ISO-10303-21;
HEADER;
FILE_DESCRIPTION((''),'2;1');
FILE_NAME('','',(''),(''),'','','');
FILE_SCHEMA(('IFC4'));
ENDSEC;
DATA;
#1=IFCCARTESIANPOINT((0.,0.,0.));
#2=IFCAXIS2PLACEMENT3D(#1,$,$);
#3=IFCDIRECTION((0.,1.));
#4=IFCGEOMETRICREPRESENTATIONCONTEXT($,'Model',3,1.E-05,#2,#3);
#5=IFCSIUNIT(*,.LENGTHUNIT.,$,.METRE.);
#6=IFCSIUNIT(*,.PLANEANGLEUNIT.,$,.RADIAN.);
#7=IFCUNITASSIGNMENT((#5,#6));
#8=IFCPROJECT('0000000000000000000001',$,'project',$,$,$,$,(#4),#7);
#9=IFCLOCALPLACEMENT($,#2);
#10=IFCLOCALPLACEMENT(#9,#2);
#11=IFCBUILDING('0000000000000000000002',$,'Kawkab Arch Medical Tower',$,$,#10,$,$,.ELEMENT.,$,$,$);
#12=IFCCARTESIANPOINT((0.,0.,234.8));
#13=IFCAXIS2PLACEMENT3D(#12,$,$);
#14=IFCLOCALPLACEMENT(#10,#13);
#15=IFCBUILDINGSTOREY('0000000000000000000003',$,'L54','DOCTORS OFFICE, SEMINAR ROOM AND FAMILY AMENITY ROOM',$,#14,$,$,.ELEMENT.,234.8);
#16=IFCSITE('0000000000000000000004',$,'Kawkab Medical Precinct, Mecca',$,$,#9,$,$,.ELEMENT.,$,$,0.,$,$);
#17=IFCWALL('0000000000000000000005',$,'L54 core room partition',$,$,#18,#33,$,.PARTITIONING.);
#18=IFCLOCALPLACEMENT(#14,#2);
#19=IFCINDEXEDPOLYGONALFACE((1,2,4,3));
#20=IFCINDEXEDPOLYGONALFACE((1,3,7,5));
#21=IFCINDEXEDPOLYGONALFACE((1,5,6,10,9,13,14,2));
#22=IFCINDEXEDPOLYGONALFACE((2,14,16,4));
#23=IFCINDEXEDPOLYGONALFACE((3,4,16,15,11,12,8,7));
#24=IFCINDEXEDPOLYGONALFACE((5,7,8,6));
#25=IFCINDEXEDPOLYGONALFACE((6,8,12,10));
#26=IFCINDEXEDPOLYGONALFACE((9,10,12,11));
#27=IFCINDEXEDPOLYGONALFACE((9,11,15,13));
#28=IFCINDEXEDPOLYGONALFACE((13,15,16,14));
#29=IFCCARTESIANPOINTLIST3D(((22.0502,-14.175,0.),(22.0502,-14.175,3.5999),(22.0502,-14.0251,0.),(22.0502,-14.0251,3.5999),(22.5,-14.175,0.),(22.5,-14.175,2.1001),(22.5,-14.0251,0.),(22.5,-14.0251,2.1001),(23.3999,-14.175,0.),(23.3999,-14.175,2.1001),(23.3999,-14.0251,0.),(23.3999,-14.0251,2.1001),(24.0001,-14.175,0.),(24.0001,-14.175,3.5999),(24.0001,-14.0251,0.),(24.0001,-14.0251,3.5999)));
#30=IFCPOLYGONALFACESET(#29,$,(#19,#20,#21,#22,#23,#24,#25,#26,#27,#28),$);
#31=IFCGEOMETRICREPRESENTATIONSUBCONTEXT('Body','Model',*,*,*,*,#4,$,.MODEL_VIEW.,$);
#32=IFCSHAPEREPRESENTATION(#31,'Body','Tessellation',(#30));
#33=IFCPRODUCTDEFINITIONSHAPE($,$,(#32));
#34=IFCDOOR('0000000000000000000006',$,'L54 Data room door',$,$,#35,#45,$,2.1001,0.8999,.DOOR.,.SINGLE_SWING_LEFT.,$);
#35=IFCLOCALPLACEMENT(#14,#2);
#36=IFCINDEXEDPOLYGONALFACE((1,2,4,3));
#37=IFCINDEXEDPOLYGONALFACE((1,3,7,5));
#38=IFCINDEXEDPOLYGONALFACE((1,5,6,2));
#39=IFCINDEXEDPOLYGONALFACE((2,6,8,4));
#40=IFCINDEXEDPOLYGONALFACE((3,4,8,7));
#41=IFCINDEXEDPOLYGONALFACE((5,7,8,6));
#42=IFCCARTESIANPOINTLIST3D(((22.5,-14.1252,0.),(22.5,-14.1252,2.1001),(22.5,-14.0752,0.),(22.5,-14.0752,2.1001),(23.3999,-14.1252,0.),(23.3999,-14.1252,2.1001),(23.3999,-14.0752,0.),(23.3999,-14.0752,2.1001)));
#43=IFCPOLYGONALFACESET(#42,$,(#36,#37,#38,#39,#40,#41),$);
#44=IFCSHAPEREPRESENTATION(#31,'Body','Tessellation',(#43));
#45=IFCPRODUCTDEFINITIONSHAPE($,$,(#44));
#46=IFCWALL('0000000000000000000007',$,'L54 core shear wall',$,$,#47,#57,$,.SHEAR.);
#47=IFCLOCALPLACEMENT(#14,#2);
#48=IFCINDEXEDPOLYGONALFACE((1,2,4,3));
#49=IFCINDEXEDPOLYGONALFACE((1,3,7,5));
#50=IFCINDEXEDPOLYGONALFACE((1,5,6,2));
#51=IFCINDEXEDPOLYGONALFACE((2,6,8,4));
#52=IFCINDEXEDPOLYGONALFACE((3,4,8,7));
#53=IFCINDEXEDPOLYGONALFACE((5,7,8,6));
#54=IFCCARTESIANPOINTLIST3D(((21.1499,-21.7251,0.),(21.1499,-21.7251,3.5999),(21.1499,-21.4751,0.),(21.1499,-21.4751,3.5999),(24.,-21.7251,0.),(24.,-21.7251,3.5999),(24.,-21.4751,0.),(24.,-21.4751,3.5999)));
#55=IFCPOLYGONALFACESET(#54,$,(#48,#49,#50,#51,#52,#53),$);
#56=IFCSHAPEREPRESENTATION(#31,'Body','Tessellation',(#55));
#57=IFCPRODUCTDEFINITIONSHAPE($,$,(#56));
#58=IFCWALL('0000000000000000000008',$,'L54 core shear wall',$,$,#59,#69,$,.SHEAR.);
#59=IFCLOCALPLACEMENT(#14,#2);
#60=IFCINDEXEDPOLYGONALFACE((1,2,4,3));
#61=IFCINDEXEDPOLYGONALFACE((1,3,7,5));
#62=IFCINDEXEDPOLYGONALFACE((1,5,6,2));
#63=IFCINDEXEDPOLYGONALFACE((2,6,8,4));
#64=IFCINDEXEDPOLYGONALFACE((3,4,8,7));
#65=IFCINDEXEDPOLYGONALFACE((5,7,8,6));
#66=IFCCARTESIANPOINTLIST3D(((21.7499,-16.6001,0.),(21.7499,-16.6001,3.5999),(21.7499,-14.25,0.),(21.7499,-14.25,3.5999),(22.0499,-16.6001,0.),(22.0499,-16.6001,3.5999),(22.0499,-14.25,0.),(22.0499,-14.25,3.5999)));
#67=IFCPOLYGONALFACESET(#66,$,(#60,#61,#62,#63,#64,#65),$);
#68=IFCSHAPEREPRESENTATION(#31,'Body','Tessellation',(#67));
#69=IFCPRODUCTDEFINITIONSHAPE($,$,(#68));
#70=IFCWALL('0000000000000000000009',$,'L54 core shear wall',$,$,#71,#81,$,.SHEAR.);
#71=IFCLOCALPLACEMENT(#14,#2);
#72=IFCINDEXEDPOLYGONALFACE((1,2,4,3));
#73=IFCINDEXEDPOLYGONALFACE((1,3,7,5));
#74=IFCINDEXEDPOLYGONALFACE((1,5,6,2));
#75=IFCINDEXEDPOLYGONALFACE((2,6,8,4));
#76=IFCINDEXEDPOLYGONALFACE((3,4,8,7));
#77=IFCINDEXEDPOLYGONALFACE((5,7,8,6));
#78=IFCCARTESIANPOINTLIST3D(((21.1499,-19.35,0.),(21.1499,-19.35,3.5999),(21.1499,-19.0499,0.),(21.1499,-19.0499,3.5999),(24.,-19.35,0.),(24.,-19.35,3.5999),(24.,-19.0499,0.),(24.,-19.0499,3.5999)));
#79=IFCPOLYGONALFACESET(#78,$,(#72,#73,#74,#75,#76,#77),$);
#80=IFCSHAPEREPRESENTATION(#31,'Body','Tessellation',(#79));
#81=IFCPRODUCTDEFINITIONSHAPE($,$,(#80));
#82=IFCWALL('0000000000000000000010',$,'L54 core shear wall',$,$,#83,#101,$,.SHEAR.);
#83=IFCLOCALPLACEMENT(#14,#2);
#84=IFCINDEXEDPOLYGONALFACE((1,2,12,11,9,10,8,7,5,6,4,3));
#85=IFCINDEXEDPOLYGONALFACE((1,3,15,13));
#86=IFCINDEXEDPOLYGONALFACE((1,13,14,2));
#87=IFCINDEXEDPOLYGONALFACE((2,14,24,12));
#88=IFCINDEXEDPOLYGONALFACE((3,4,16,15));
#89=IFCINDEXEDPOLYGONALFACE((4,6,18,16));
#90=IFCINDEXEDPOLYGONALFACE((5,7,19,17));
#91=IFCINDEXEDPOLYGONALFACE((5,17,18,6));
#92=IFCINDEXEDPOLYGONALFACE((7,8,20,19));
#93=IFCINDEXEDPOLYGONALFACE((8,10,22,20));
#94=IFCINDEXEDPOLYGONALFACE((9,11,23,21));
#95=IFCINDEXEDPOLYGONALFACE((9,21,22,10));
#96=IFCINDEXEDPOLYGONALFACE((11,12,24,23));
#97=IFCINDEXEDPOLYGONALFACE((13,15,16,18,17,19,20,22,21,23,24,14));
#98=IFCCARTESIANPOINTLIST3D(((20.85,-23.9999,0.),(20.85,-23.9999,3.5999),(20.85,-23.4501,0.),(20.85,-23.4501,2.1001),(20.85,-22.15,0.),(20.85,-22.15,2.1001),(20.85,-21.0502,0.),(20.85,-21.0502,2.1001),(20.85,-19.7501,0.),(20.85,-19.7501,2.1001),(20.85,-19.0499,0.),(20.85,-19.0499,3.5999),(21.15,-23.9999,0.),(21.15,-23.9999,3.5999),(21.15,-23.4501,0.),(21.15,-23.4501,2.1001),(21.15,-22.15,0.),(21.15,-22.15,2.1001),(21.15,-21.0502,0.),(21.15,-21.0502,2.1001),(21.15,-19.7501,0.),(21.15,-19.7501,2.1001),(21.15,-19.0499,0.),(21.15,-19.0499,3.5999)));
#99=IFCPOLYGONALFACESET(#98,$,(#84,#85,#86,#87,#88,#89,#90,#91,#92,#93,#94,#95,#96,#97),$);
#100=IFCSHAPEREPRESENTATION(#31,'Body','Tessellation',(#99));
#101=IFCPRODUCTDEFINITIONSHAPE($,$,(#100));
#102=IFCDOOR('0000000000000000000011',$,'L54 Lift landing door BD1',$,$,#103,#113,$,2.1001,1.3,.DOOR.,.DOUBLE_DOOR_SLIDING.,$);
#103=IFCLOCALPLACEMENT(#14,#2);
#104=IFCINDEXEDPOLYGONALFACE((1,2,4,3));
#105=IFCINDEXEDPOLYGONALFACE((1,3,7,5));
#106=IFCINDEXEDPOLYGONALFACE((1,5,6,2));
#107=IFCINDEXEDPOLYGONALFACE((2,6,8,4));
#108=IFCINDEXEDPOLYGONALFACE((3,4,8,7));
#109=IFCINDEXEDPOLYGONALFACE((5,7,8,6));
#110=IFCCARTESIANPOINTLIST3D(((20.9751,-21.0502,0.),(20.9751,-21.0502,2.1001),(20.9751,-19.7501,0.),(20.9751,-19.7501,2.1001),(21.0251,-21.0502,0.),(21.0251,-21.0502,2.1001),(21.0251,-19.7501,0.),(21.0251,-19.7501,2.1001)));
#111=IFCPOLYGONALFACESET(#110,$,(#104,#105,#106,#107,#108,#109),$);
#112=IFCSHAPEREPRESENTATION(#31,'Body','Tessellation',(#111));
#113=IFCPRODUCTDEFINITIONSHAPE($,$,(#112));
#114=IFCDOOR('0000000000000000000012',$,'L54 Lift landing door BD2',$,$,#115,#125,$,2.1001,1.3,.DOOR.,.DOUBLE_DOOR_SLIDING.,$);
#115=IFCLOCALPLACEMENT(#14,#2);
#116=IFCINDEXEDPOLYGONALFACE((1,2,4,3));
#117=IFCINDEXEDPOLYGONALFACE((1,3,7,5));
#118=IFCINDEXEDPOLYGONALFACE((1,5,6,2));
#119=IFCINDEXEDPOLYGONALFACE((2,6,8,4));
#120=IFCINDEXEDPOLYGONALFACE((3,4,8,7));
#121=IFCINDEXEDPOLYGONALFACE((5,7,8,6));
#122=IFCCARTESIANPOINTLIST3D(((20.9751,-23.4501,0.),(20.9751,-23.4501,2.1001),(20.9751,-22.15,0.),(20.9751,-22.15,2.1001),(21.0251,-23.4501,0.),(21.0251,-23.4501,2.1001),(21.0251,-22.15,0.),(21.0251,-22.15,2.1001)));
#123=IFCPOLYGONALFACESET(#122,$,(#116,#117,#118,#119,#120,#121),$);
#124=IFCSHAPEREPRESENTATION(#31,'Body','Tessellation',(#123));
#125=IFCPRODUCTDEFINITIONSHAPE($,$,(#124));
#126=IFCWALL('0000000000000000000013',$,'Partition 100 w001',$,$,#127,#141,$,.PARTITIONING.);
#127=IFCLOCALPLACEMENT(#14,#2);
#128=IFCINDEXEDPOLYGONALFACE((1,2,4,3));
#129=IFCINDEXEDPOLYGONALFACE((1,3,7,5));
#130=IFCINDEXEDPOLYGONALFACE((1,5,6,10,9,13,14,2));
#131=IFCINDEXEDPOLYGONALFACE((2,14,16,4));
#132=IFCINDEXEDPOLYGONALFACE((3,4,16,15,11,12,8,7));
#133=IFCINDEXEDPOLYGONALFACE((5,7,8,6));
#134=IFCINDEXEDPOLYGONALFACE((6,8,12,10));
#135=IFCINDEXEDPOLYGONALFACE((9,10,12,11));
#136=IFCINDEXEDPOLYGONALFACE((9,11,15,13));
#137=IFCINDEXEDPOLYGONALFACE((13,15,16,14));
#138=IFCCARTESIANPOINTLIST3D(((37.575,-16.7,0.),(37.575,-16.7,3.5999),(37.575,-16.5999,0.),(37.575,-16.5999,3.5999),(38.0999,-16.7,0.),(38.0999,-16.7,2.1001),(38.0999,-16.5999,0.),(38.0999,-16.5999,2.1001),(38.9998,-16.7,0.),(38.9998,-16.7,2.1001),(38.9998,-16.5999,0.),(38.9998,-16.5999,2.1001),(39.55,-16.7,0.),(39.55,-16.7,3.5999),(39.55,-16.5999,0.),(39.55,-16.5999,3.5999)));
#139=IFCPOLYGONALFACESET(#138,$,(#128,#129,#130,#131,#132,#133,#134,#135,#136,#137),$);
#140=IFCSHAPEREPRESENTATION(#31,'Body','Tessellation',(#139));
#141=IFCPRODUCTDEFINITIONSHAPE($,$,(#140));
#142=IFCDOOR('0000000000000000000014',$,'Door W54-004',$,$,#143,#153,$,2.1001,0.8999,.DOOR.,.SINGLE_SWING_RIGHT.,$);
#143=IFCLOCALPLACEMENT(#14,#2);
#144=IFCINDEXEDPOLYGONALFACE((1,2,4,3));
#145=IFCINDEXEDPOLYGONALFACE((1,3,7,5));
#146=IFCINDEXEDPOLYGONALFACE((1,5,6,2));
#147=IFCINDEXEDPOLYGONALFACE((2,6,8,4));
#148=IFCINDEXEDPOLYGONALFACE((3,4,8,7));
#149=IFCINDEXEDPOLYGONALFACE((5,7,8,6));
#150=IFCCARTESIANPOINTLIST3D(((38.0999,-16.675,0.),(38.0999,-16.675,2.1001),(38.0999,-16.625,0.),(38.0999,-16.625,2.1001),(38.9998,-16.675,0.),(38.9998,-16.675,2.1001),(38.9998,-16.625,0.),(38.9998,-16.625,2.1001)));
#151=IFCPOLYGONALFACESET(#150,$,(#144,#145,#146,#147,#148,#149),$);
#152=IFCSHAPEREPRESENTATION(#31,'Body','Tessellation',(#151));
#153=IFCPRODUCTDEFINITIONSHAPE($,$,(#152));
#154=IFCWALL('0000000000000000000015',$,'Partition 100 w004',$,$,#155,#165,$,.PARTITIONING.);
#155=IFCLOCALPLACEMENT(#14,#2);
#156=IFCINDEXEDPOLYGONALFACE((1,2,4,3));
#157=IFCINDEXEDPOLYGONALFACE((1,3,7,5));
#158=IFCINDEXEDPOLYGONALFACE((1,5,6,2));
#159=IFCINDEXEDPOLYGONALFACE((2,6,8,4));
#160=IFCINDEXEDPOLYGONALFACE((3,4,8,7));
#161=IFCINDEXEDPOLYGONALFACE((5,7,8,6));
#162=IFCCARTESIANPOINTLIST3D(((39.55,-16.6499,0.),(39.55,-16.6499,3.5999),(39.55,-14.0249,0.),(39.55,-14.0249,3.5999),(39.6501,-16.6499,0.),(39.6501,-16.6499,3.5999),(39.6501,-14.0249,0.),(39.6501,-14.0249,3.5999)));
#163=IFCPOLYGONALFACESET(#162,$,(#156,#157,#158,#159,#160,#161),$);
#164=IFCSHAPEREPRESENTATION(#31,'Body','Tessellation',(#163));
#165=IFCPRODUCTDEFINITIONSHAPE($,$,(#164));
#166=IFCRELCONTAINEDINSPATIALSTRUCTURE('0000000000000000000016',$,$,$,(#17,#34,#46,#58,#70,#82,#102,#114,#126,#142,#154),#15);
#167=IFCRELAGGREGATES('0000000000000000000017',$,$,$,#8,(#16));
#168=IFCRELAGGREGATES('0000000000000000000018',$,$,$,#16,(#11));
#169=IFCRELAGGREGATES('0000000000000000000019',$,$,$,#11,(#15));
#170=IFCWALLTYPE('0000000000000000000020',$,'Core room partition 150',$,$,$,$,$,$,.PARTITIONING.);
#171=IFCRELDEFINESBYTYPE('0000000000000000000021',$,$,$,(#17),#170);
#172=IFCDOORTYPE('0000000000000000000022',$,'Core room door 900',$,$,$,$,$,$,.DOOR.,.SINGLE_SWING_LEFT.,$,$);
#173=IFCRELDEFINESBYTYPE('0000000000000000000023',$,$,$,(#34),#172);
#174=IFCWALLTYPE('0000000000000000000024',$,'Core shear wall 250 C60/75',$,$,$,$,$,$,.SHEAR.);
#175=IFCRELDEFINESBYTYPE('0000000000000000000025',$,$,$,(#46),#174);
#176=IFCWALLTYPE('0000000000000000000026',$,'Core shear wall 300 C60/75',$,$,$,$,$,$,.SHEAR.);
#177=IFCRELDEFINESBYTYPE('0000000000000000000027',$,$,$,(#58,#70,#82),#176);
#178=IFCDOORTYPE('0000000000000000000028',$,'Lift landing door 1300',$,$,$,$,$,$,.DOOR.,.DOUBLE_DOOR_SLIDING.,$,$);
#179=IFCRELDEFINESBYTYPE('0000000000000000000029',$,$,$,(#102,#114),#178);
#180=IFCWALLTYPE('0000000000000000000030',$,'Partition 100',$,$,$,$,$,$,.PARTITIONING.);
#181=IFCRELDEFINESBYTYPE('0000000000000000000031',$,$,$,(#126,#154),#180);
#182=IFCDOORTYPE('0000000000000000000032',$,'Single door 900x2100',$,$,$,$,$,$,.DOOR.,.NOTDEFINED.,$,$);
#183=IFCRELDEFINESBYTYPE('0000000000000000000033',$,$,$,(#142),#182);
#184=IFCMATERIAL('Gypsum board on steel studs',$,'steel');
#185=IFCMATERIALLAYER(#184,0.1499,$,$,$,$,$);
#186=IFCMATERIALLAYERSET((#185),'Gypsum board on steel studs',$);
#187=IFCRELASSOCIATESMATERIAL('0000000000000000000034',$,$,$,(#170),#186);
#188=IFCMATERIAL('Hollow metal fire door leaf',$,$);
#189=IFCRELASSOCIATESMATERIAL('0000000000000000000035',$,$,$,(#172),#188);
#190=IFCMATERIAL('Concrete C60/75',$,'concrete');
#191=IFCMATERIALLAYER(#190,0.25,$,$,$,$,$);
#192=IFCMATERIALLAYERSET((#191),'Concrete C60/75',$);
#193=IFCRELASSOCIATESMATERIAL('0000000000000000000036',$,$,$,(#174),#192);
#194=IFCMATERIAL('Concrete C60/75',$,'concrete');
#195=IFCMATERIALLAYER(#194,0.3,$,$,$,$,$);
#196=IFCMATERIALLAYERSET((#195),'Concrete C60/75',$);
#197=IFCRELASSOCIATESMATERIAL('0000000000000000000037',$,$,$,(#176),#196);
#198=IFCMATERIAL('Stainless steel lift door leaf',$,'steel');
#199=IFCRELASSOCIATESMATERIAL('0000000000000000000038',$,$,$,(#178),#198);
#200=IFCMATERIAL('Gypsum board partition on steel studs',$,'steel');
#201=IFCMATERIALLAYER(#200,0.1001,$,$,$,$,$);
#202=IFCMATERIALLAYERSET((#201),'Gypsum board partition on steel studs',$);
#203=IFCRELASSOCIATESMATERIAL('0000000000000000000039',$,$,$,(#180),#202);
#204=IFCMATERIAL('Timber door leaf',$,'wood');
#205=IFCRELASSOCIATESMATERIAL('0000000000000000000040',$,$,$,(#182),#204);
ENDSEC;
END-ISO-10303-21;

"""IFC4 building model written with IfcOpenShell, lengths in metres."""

from ifc_helpers import new_model, si_unit, direction, frame, frame_2d, origin, place, context, subcontext, project, spatial, rectangle, extrude, material, layer, layer_set, type_object, element, fill, save


model = new_model("IFC4")

# Units and contexts
model_context = context("Model", 3, precision=1e-05, world=origin(), true_north=direction((0.0, 1.0)))
body_context = subcontext(model_context, "Body", "Model", "MODEL_VIEW")
ifc_project = project(units=[si_unit("LENGTHUNIT", "METRE"), si_unit("PLANEANGLEUNIT", "RADIAN")], contexts=[model_context])

# Site, building, storey
site_placement = place(None, origin())
site = spatial("IfcSite", under=ifc_project, at=site_placement, Name="Kawkab Medical Precinct, Mecca", CompositionType="ELEMENT", RefElevation=0.0)
building_placement = place(site_placement, origin())
building = spatial("IfcBuilding", under=site, at=building_placement, Name="Kawkab Arch Medical Tower", CompositionType="ELEMENT")
storey_placement = place(building_placement, frame((0.0, 0.0, 234.8)))
storey = spatial("IfcBuildingStorey", under=building, at=storey_placement, Name="L54", Description="DOCTORS OFFICE, SEMINAR ROOM AND FAMILY AMENITY ROOM", CompositionType="ELEMENT", Elevation=234.8)

# Shared definitions
ifc_material_1 = material(Name="Gypsum board on steel studs", Category="steel")
ifc_layer_1 = layer(ifc_material_1, 0.1499)
ifc_layer_set_1 = layer_set([ifc_layer_1], Name="Gypsum board on steel studs")
wall_type_1 = type_object("IfcWallType", Name="Core room partition 150", PredefinedType="PARTITIONING", material=ifc_layer_set_1)

# Wall, opening, door
wall_1_placement = place(storey_placement, frame((22.05, -14.1001, 0.0), z_axis=(0.0, 0.0, 1.0), x_axis=(1.0, 0.0, 0.0)))
wall_1 = element("IfcWall", 1, at=wall_1_placement, inside=storey, type_object=wall_type_1, Name="L54 core room partition", PredefinedType="PARTITIONING", context=body_context, shape_type="SweptSolid", body=[
    extrude(rectangle(XDim=1.95, YDim=0.1499, at=frame_2d((0.9751, 0.0))), origin(), (0.0, 0.0, 1.0), 3.5999),
])
opening_1_placement = place(wall_1_placement, frame((0.45, 0.0, 0.0)))
opening_1 = element("IfcOpeningElement", 2, at=opening_1_placement, cuts=wall_1, PredefinedType="OPENING", context=body_context, shape_type="SweptSolid", body=[
    extrude(rectangle(XDim=0.8999, YDim=2.1001, at=frame_2d((0.45, 1.05))), frame((0.0, 0.085, 0.0), z_axis=(0.0, -1.0, 0.0), x_axis=(1.0, 0.0, 0.0)), (0.0, 0.0, 1.0), 0.1699),
])
ifc_material_2 = material(Name="Hollow metal fire door leaf")
door_type_1 = type_object("IfcDoorType", Name="Core room door 900", OperationType="SINGLE_SWING_LEFT", PredefinedType="DOOR", material=ifc_material_2)
door_1_placement = place(opening_1_placement, origin())
door_1 = element("IfcDoor", 3, at=door_1_placement, inside=storey, type_object=door_type_1, Name="L54 Data room door", OperationType="SINGLE_SWING_LEFT", OverallHeight=2.1001, OverallWidth=0.8999, PredefinedType="DOOR", context=body_context, shape_type="SweptSolid", body=[
    extrude(rectangle(XDim=0.8999, YDim=2.1001, at=frame_2d((0.45, 1.05))), frame((0.0, 0.0249, 0.0), z_axis=(0.0, -1.0, 0.0), x_axis=(1.0, 0.0, 0.0)), (0.0, 0.0, 1.0), 0.05),
])
fill(opening_1, door_1)

# Walls
ifc_material_3 = material(Name="Concrete C60/75", Category="concrete")
ifc_layer_2 = layer(ifc_material_3, 0.25)
ifc_layer_set_2 = layer_set([ifc_layer_2], Name="Concrete C60/75")
wall_type_2 = type_object("IfcWallType", Name="Core shear wall 250 C60/75", PredefinedType="SHEAR", material=ifc_layer_set_2)
wall_2_placement = place(storey_placement, frame((21.1499, -21.6001, 0.0), z_axis=(0.0, 0.0, 1.0), x_axis=(1.0, 0.0, 0.0)))
element("IfcWall", 4, at=wall_2_placement, inside=storey, type_object=wall_type_2, Name="L54 core shear wall", PredefinedType="SHEAR", context=body_context, shape_type="SweptSolid", body=[
    extrude(rectangle(XDim=2.8501, YDim=0.25, at=frame_2d((1.425, 0.0))), origin(), (0.0, 0.0, 1.0), 3.5999),
])
ifc_material_4 = material(Name="Concrete C60/75", Category="concrete")
ifc_layer_3 = layer(ifc_material_4, 0.3)
ifc_layer_set_3 = layer_set([ifc_layer_3], Name="Concrete C60/75")
wall_type_3 = type_object("IfcWallType", Name="Core shear wall 300 C60/75", PredefinedType="SHEAR", material=ifc_layer_set_3)
wall_3_placement = place(storey_placement, frame((21.8999, -16.6001, 0.0), z_axis=(0.0, 0.0, 1.0), x_axis=(0.0, 1.0, 0.0)))
element("IfcWall", 5, at=wall_3_placement, inside=storey, type_object=wall_type_3, Name="L54 core shear wall", PredefinedType="SHEAR", context=body_context, shape_type="SweptSolid", body=[
    extrude(rectangle(XDim=2.3501, YDim=0.3, at=frame_2d((1.175, 0.0))), origin(), (0.0, 0.0, 1.0), 3.5999),
])
wall_4_placement = place(storey_placement, frame((21.1499, -19.2, 0.0), z_axis=(0.0, 0.0, 1.0), x_axis=(1.0, 0.0, 0.0)))
element("IfcWall", 6, at=wall_4_placement, inside=storey, type_object=wall_type_3, Name="L54 core shear wall", PredefinedType="SHEAR", context=body_context, shape_type="SweptSolid", body=[
    extrude(rectangle(XDim=2.8501, YDim=0.3, at=frame_2d((1.425, 0.0))), origin(), (0.0, 0.0, 1.0), 3.5999),
])

# Wall, openings, doors
wall_5_placement = place(storey_placement, frame((21.0, -24.0, 0.0), z_axis=(0.0, 0.0, 1.0), x_axis=(0.0, 1.0, 0.0)))
wall_5 = element("IfcWall", 7, at=wall_5_placement, inside=storey, type_object=wall_type_3, Name="L54 core shear wall", PredefinedType="SHEAR", context=body_context, shape_type="SweptSolid", body=[
    extrude(rectangle(XDim=4.95, YDim=0.3, at=frame_2d((2.4751, 0.0))), origin(), (0.0, 0.0, 1.0), 3.5999),
])
opening_2_placement = place(wall_5_placement, frame((2.95, 0.0, 0.0)))
opening_2 = element("IfcOpeningElement", 8, at=opening_2_placement, cuts=wall_5, PredefinedType="OPENING", context=body_context, shape_type="SweptSolid", body=[
    extrude(rectangle(XDim=1.3, YDim=2.1001, at=frame_2d((0.6499, 1.05))), frame((0.0, 0.1599, 0.0), z_axis=(0.0, -1.0, 0.0), x_axis=(1.0, 0.0, 0.0)), (0.0, 0.0, 1.0), 0.3201),
])
opening_3_placement = place(wall_5_placement, frame((0.55, 0.0, 0.0)))
opening_3 = element("IfcOpeningElement", 9, at=opening_3_placement, cuts=wall_5, PredefinedType="OPENING", context=body_context, shape_type="SweptSolid", body=[
    extrude(rectangle(XDim=1.3, YDim=2.1001, at=frame_2d((0.6499, 1.05))), frame((0.0, 0.1599, 0.0), z_axis=(0.0, -1.0, 0.0), x_axis=(1.0, 0.0, 0.0)), (0.0, 0.0, 1.0), 0.3201),
])
ifc_material_5 = material(Name="Stainless steel lift door leaf", Category="steel")
door_type_2 = type_object("IfcDoorType", Name="Lift landing door 1300", OperationType="DOUBLE_DOOR_SLIDING", PredefinedType="DOOR", material=ifc_material_5)
door_2_placement = place(opening_2_placement, origin())
door_2 = element("IfcDoor", 10, at=door_2_placement, inside=storey, type_object=door_type_2, Name="L54 Lift landing door BD1", OperationType="DOUBLE_DOOR_SLIDING", OverallHeight=2.1001, OverallWidth=1.3, PredefinedType="DOOR", context=body_context, shape_type="SweptSolid", body=[
    extrude(rectangle(XDim=1.3, YDim=2.1001, at=frame_2d((0.6499, 1.05))), frame((0.0, 0.0249, 0.0), z_axis=(0.0, -1.0, 0.0), x_axis=(1.0, 0.0, 0.0)), (0.0, 0.0, 1.0), 0.05),
])
fill(opening_2, door_2)
door_3_placement = place(opening_3_placement, origin())
door_3 = element("IfcDoor", 11, at=door_3_placement, inside=storey, type_object=door_type_2, Name="L54 Lift landing door BD2", OperationType="DOUBLE_DOOR_SLIDING", OverallHeight=2.1001, OverallWidth=1.3, PredefinedType="DOOR", context=body_context, shape_type="SweptSolid", body=[
    extrude(rectangle(XDim=1.3, YDim=2.1001, at=frame_2d((0.6499, 1.05))), frame((0.0, 0.0249, 0.0), z_axis=(0.0, -1.0, 0.0), x_axis=(1.0, 0.0, 0.0)), (0.0, 0.0, 1.0), 0.05),
])
fill(opening_3, door_3)

# Wall, opening, door
ifc_material_6 = material(Name="Gypsum board partition on steel studs", Category="steel")
ifc_layer_4 = layer(ifc_material_6, 0.1001)
ifc_layer_set_4 = layer_set([ifc_layer_4], Name="Gypsum board partition on steel studs")
wall_type_4 = type_object("IfcWallType", Name="Partition 100", PredefinedType="PARTITIONING", material=ifc_layer_set_4)
wall_6_placement = place(storey_placement, frame((37.575, -16.6499, 0.0), z_axis=(0.0, 0.0, 1.0), x_axis=(1.0, 0.0, 0.0)))
wall_6 = element("IfcWall", 12, at=wall_6_placement, inside=storey, type_object=wall_type_4, Name="Partition 100 w001", PredefinedType="PARTITIONING", context=body_context, shape_type="SweptSolid", body=[
    extrude(rectangle(XDim=1.9751, YDim=0.1001, at=frame_2d((0.9875, 0.0))), origin(), (0.0, 0.0, 1.0), 3.5999),
])
opening_4_placement = place(wall_6_placement, frame((0.5249, 0.0, 0.0)))
opening_4 = element("IfcOpeningElement", 13, at=opening_4_placement, cuts=wall_6, PredefinedType="OPENING", context=body_context, shape_type="SweptSolid", body=[
    extrude(rectangle(XDim=0.8999, YDim=2.1001, at=frame_2d((0.45, 1.05))), frame((0.0, 0.0601, 0.0), z_axis=(0.0, -1.0, 0.0), x_axis=(1.0, 0.0, 0.0)), (0.0, 0.0, 1.0), 0.1201),
])
ifc_material_7 = material(Name="Timber door leaf", Category="wood")
door_type_3 = type_object("IfcDoorType", Name="Single door 900x2100", OperationType="NOTDEFINED", PredefinedType="DOOR", material=ifc_material_7)
door_4_placement = place(opening_4_placement, origin())
door_4 = element("IfcDoor", 14, at=door_4_placement, inside=storey, type_object=door_type_3, Name="Door W54-004", OperationType="SINGLE_SWING_RIGHT", OverallHeight=2.1001, OverallWidth=0.8999, PredefinedType="DOOR", context=body_context, shape_type="SweptSolid", body=[
    extrude(rectangle(XDim=0.8999, YDim=2.1001, at=frame_2d((0.45, 1.05))), frame((0.0, 0.0249, 0.0), z_axis=(0.0, -1.0, 0.0), x_axis=(1.0, 0.0, 0.0)), (0.0, 0.0, 1.0), 0.05),
])
fill(opening_4, door_4)

# Wall
wall_7_placement = place(storey_placement, frame((39.6001, -16.6499, 0.0), z_axis=(0.0, 0.0, 1.0), x_axis=(0.0, 1.0, 0.0)))
element("IfcWall", 15, at=wall_7_placement, inside=storey, type_object=wall_type_4, Name="Partition 100 w004", PredefinedType="PARTITIONING", context=body_context, shape_type="SweptSolid", body=[
    extrude(rectangle(XDim=2.625, YDim=0.1001, at=frame_2d((1.3125, 0.0))), origin(), (0.0, 0.0, 1.0), 3.5999),
])

save(model, "model.ifc")
